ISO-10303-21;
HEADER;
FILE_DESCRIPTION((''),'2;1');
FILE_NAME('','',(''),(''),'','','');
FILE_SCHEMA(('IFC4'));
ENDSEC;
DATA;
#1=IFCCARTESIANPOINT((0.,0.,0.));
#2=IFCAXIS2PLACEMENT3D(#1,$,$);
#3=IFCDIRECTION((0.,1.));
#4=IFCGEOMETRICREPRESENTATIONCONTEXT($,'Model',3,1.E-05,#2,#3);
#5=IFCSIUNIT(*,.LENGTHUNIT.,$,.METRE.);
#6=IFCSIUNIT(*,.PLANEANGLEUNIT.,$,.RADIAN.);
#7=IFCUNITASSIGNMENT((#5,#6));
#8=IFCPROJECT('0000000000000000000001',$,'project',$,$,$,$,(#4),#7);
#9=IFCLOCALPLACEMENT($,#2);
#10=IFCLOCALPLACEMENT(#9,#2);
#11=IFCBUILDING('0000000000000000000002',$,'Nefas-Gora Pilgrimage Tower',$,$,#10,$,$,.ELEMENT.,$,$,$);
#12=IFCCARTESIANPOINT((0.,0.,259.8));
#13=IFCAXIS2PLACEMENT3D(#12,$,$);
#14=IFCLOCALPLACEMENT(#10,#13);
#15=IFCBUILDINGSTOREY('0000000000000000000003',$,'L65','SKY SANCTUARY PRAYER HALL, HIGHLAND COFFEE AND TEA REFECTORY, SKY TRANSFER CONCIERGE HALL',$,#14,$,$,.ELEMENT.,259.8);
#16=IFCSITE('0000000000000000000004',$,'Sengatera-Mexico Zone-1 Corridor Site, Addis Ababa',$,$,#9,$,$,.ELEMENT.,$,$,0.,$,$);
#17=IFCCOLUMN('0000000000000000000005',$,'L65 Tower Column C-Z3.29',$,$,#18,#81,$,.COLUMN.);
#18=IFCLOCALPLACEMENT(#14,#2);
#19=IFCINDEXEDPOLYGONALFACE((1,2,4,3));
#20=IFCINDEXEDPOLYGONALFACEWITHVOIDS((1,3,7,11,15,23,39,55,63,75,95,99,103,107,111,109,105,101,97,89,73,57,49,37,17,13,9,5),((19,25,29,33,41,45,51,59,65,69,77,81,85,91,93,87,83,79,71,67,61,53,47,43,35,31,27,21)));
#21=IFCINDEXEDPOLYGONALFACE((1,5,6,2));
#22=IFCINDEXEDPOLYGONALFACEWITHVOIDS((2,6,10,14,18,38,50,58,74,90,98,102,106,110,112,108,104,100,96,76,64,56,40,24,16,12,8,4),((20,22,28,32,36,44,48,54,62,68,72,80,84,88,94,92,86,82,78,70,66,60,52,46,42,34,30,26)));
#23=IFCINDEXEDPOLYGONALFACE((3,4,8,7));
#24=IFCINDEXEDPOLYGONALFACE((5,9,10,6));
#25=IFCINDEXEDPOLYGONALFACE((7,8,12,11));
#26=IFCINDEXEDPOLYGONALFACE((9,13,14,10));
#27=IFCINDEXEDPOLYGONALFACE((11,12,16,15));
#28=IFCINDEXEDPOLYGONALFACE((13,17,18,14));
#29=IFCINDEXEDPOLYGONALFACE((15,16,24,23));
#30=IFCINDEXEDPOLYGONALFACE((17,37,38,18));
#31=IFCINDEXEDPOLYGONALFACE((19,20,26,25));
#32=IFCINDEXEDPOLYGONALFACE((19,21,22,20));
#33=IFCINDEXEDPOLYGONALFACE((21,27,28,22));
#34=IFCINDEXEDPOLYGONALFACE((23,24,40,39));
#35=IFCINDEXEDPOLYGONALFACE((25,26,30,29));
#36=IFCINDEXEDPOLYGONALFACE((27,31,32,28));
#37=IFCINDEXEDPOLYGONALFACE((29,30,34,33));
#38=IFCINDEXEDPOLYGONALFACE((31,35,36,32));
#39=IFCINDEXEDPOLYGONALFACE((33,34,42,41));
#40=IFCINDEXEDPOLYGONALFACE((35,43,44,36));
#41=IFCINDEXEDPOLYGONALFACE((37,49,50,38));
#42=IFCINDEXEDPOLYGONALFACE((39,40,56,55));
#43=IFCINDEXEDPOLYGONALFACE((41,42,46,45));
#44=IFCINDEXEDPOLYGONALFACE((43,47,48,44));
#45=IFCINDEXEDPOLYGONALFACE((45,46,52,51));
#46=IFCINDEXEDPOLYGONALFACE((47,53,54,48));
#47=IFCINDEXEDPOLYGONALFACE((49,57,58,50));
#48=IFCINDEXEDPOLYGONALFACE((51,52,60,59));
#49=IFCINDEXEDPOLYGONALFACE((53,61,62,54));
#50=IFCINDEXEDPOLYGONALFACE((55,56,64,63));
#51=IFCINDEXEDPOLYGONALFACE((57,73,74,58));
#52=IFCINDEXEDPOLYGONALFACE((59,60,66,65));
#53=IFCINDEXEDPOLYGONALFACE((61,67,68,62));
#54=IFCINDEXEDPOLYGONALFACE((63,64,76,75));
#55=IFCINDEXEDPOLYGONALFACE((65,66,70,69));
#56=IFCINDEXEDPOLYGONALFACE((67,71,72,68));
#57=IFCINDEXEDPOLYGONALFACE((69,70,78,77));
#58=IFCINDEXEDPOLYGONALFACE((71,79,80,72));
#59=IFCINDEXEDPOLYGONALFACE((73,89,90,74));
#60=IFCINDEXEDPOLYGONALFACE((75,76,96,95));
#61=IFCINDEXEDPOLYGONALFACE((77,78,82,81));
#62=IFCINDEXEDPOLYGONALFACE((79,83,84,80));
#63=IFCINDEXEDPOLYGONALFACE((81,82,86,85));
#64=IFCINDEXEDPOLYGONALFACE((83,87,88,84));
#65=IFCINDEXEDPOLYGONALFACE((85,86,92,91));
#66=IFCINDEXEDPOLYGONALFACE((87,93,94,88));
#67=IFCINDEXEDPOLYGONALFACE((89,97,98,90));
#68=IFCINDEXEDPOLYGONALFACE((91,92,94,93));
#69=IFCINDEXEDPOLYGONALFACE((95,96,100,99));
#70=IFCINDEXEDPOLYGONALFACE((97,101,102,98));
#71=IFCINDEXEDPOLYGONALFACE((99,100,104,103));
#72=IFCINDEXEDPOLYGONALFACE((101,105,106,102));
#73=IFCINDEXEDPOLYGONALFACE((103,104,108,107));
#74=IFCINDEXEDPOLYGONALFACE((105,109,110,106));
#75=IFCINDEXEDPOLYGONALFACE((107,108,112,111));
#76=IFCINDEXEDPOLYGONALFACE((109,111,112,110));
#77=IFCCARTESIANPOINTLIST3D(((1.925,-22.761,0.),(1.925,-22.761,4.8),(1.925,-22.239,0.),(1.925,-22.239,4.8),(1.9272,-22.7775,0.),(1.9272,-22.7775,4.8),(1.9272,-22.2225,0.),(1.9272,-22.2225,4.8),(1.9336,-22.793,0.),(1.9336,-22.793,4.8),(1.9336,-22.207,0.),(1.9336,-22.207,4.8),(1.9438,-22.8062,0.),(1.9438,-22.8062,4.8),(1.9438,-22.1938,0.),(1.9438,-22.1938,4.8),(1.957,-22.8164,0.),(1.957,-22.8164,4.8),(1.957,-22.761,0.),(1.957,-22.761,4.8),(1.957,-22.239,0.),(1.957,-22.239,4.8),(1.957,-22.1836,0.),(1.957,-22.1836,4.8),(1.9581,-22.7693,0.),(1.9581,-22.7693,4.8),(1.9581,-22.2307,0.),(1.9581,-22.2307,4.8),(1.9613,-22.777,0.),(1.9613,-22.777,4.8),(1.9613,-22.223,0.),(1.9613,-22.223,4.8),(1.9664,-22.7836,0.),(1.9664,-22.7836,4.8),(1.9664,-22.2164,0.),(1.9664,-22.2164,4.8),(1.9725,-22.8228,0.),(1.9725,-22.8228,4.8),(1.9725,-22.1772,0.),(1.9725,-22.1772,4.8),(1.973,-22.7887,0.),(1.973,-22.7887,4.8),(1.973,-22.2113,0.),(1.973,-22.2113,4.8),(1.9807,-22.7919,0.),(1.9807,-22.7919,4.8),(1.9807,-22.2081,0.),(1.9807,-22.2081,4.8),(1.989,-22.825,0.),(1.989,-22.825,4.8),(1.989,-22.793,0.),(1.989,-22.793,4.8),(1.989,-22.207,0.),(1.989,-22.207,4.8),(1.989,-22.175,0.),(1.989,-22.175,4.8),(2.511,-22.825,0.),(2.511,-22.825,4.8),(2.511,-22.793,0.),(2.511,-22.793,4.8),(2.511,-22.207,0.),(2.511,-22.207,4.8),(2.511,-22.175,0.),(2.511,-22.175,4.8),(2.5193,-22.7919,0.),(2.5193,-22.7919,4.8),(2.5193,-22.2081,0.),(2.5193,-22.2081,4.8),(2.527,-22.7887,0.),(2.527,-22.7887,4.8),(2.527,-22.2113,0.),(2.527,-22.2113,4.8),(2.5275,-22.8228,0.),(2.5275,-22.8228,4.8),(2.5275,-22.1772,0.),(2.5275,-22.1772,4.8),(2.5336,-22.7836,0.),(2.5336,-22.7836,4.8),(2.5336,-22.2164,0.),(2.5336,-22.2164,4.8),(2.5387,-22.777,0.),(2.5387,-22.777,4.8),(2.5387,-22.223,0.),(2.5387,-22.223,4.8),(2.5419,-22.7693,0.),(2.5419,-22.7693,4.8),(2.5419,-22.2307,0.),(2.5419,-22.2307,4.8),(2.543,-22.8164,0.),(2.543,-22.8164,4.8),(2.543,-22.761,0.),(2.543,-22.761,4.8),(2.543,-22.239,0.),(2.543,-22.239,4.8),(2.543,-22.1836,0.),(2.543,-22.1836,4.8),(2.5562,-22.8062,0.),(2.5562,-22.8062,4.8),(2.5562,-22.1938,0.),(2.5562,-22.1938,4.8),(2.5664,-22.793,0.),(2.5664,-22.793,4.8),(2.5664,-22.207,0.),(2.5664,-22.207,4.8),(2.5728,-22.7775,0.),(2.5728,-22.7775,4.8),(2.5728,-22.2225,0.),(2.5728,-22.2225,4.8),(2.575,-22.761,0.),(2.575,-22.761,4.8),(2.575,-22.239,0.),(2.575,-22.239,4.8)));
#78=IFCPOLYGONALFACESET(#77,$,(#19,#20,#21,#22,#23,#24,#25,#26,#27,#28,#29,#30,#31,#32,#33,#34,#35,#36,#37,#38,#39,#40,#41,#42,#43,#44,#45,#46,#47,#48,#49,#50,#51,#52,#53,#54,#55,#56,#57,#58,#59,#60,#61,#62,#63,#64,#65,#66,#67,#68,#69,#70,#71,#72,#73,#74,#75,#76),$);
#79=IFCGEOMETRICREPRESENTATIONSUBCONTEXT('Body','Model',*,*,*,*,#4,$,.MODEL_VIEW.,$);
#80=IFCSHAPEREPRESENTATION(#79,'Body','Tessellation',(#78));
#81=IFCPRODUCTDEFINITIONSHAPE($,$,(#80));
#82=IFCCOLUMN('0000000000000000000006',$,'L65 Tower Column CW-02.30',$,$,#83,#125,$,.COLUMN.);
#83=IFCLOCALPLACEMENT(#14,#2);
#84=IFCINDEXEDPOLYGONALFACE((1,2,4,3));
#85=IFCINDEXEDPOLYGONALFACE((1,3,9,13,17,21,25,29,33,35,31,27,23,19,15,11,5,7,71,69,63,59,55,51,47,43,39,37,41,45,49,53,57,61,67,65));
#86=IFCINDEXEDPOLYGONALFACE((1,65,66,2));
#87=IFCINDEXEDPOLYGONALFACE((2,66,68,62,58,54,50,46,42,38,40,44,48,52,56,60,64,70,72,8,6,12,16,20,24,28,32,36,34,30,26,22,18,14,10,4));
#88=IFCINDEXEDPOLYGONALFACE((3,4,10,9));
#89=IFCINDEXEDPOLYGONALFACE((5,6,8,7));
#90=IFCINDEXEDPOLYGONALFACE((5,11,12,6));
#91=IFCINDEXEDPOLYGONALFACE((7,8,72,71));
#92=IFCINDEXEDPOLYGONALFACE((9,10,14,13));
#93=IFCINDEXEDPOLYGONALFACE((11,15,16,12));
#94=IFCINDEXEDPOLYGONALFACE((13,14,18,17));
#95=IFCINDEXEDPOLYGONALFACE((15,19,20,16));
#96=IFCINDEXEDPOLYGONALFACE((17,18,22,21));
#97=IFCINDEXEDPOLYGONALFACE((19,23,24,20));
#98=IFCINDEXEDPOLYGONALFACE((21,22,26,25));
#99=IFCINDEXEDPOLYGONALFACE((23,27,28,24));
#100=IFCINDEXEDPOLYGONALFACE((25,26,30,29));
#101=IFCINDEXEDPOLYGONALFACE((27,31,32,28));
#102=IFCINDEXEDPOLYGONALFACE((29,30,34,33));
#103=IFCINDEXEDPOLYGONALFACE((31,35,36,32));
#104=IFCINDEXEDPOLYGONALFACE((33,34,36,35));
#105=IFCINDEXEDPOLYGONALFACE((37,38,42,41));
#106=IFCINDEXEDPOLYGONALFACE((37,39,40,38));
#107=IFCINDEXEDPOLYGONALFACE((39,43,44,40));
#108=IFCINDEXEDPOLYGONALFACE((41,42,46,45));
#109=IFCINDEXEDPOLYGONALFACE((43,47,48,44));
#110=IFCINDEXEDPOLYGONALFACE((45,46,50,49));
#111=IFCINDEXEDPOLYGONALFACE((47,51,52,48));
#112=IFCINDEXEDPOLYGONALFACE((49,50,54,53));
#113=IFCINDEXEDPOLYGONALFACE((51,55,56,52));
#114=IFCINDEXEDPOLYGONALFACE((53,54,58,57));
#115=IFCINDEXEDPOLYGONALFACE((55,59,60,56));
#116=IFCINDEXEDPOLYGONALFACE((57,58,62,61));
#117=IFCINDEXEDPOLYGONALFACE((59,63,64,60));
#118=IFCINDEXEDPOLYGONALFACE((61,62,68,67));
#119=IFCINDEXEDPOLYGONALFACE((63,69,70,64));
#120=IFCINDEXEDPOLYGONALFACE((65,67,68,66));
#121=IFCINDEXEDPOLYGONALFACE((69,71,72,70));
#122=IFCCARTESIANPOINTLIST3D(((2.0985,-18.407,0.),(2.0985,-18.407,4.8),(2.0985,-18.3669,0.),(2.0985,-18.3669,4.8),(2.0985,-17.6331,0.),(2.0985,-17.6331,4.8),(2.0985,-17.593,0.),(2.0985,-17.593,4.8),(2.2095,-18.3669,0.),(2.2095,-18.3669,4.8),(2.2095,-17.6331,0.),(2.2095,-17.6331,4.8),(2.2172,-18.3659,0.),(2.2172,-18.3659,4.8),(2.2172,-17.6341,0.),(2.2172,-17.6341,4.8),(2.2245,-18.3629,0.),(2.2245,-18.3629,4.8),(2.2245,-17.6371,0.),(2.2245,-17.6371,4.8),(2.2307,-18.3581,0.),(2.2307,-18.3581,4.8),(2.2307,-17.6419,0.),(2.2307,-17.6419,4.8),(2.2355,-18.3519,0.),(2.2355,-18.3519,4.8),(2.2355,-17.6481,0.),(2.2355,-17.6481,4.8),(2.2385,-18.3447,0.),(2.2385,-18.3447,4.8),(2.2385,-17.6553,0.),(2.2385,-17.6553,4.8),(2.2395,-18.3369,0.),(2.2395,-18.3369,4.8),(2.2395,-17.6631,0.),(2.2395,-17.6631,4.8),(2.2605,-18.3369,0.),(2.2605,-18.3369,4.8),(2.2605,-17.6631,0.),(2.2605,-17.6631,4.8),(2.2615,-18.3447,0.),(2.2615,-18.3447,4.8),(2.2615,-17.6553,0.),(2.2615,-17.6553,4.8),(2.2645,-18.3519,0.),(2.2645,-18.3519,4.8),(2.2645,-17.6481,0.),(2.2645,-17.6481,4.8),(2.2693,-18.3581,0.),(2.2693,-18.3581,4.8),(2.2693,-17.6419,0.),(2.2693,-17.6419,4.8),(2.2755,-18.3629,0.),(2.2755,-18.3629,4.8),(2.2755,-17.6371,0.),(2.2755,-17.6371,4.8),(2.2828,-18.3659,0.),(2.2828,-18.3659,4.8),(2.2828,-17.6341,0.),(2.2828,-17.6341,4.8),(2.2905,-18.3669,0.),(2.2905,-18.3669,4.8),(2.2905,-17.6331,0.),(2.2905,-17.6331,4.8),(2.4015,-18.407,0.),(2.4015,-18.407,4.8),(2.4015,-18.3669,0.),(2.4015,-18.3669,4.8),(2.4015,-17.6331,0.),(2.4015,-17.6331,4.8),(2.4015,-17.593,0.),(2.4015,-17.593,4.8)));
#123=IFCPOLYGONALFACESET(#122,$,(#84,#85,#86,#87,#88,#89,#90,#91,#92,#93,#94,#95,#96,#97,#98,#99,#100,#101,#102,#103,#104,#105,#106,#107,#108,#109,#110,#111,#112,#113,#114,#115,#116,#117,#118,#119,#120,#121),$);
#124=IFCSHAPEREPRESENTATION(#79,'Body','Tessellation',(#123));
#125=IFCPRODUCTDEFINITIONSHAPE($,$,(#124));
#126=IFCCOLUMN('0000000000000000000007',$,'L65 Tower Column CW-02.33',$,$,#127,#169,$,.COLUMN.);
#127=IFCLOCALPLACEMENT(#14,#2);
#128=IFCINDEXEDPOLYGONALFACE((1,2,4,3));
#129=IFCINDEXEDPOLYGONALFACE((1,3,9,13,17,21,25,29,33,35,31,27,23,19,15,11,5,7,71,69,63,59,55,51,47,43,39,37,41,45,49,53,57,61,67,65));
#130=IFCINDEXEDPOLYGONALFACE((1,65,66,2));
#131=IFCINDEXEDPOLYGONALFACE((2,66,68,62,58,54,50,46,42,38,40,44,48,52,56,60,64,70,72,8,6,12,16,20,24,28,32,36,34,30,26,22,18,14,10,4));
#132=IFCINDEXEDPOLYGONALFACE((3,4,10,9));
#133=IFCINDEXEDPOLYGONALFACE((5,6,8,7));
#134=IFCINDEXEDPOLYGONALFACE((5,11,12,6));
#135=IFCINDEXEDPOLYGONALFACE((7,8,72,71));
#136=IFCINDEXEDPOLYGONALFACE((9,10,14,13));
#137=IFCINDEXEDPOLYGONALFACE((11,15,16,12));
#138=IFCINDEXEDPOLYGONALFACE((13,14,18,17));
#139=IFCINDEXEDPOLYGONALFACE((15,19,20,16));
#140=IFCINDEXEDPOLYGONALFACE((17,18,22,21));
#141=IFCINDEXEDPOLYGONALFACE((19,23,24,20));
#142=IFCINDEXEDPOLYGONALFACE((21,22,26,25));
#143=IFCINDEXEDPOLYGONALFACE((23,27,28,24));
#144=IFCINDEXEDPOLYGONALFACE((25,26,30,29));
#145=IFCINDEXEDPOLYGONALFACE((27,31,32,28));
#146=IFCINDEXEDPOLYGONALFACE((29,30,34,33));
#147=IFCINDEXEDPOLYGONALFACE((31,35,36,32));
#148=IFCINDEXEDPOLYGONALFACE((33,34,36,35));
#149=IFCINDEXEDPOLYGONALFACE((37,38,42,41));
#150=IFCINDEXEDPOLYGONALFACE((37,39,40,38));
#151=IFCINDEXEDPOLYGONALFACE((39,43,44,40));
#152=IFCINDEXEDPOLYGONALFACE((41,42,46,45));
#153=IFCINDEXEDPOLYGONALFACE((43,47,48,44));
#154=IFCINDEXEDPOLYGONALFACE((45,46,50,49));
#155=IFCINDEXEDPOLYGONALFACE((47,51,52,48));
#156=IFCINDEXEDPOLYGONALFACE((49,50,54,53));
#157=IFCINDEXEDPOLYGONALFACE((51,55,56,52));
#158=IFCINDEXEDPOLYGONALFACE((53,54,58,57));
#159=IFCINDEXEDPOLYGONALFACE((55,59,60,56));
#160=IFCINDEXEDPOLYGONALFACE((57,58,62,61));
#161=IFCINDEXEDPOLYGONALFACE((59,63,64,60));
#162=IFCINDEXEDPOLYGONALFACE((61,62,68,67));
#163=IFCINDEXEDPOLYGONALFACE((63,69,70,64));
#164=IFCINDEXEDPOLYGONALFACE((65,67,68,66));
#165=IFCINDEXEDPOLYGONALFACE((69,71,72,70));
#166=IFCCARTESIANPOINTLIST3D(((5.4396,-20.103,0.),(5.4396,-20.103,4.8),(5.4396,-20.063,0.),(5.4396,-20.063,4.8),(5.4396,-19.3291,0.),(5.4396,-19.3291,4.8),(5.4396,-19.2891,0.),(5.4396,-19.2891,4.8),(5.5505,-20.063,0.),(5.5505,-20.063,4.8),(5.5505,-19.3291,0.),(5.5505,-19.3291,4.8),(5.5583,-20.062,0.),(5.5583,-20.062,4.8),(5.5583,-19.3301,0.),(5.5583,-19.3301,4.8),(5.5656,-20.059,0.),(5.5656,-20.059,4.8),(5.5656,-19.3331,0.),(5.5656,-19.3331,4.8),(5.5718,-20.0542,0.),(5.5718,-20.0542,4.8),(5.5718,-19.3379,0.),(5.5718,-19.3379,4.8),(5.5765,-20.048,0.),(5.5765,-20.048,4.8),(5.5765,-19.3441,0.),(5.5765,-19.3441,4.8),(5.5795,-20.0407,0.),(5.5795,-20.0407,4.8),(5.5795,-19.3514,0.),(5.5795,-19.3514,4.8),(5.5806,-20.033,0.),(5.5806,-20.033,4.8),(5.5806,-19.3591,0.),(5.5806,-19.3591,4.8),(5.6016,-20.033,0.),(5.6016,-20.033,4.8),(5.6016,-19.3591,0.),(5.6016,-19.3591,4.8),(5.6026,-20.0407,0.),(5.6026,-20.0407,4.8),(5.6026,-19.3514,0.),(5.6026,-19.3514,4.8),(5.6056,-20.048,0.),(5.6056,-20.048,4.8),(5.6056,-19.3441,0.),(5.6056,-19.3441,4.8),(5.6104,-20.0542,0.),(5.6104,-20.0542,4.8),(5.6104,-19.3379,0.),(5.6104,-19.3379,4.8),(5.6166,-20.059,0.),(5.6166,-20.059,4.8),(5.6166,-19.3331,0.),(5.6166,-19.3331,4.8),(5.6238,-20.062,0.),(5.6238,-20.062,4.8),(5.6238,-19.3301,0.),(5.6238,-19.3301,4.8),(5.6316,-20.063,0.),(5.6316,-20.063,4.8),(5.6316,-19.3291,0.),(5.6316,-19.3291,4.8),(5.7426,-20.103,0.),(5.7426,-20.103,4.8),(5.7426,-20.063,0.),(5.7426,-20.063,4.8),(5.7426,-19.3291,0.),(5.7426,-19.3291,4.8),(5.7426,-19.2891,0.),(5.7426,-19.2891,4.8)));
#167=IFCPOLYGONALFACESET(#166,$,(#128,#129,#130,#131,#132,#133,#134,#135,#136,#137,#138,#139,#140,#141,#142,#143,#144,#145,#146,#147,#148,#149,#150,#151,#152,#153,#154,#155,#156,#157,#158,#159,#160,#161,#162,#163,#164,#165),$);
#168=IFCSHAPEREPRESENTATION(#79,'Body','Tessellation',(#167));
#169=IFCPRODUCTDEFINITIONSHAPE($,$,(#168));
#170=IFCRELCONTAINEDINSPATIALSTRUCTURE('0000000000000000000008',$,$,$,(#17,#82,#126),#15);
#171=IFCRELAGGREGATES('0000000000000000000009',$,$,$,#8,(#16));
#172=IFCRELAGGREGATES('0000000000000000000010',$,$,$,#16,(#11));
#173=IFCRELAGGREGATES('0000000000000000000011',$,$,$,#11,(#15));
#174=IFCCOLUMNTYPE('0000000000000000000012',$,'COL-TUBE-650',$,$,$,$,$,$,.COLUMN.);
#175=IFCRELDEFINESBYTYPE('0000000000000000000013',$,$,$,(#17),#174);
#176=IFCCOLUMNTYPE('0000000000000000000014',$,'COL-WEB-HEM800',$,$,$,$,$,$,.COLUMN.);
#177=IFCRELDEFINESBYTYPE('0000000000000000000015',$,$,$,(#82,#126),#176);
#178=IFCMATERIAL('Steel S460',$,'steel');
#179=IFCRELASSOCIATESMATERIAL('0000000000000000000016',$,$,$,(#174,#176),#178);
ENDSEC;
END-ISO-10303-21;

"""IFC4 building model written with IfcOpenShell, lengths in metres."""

from ifc_helpers import new_model, si_unit, direction, frame, origin, origin_2d, place, context, subcontext, project, spatial, hollow_rectangle, i_section, extrude, source, transform, mapped, material, material_profile, profile_set, type_object, element, save


model = new_model("IFC4")

# Units and contexts
model_context = context("Model", 3, precision=1e-05, world=origin(), true_north=direction((0.0, 1.0)))
body_context = subcontext(model_context, "Body", "Model", "MODEL_VIEW")
ifc_project = project(units=[si_unit("LENGTHUNIT", "METRE"), si_unit("PLANEANGLEUNIT", "RADIAN")], contexts=[model_context])

# Site, building, storey
site_placement = place(None, origin())
site = spatial("IfcSite", under=ifc_project, at=site_placement, Name="Sengatera-Mexico Zone-1 Corridor Site, Addis Ababa", CompositionType="ELEMENT", RefElevation=0.0)
building_placement = place(site_placement, origin())
building = spatial("IfcBuilding", under=site, at=building_placement, Name="Nefas-Gora Pilgrimage Tower", CompositionType="ELEMENT")
storey_placement = place(building_placement, frame((0.0, 0.0, 259.8)))
storey = spatial("IfcBuildingStorey", under=building, at=storey_placement, Name="L65", Description="SKY SANCTUARY PRAYER HALL, HIGHLAND COFFEE AND TEA REFECTORY, SKY TRANSFER CONCIERGE HALL", CompositionType="ELEMENT", Elevation=259.8)

# Columns
ifc_material_1 = material(Name="Steel S460", Category="steel")
ifc_material_profile_1 = material_profile(ifc_material_1, hollow_rectangle(XDim=0.6499, YDim=0.6499, WallThickness=0.032, InnerFilletRadius=0.032, OuterFilletRadius=0.064, at=origin_2d()), Name="BOX 650x650x32")
ifc_profile_set_1 = profile_set([ifc_material_profile_1], Name="Steel S460")
column_type_1 = type_object("IfcColumnType", Name="COL-TUBE-650", PredefinedType="COLUMN", material=ifc_profile_set_1)
shared_shape_1 = source(origin(), body_context, "Body", "SweptSolid", [
    extrude(hollow_rectangle(XDim=0.6499, YDim=0.6499, WallThickness=0.032, InnerFilletRadius=0.032, OuterFilletRadius=0.064, at=origin_2d()), origin(), (0.0, 0.0, 1.0), 4.8),
])
column_1_placement = place(storey_placement, frame((2.25, -22.5, 0.0), z_axis=(0.0, 0.0, 1.0), x_axis=(1.0, 0.0, 0.0)))
element("IfcColumn", 1, at=column_1_placement, inside=storey, type_object=column_type_1, Name="L65 Tower Column C-Z3.29", PredefinedType="COLUMN", context=body_context, shape_type="MappedRepresentation", body=[
    mapped(shared_shape_1, transform((0.0, 0.0, 0.0), x_axis=(1.0, 0.0, 0.0), y_axis=(0.0, 1.0, 0.0), z_axis=(0.0, 0.0, 1.0), scale=1.0)),
])
ifc_material_profile_2 = material_profile(ifc_material_1, i_section(OverallWidth=0.303, OverallDepth=0.814, WebThickness=0.021, FlangeThickness=0.04, FilletRadius=0.03, at=origin_2d()), Name="HEM 800")
ifc_profile_set_2 = profile_set([ifc_material_profile_2], Name="Steel S460")
column_type_2 = type_object("IfcColumnType", Name="COL-WEB-HEM800", PredefinedType="COLUMN", material=ifc_profile_set_2)
shared_shape_2 = source(origin(), body_context, "Body", "SweptSolid", [
    extrude(i_section(OverallWidth=0.303, OverallDepth=0.814, WebThickness=0.021, FlangeThickness=0.04, FilletRadius=0.03, at=origin_2d()), origin(), (0.0, 0.0, 1.0), 4.8),
])
for number, where, z_axis, x_axis, name in (
    (2, (2.25, -18.0, 0.0), (0.0, 0.0, 1.0), (1.0, 0.0, 0.0), "L65 Tower Column CW-02.30"),
    (3, (5.5911, -19.696, 0.0), (0.0, 0.0, 1.0), (1.0, 0.0, 0.0), "L65 Tower Column CW-02.33"),
):
    element("IfcColumn", number, at=place(storey_placement, frame(where, z_axis=z_axis, x_axis=x_axis)), inside=storey, type_object=column_type_2, Name=name, PredefinedType="COLUMN", context=body_context, shape_type="MappedRepresentation", body=[
        mapped(shared_shape_2, transform((0.0, 0.0, 0.0), x_axis=(1.0, 0.0, 0.0), y_axis=(0.0, 1.0, 0.0), z_axis=(0.0, 0.0, 1.0), scale=1.0)),
    ])

save(model, "model.ifc")
